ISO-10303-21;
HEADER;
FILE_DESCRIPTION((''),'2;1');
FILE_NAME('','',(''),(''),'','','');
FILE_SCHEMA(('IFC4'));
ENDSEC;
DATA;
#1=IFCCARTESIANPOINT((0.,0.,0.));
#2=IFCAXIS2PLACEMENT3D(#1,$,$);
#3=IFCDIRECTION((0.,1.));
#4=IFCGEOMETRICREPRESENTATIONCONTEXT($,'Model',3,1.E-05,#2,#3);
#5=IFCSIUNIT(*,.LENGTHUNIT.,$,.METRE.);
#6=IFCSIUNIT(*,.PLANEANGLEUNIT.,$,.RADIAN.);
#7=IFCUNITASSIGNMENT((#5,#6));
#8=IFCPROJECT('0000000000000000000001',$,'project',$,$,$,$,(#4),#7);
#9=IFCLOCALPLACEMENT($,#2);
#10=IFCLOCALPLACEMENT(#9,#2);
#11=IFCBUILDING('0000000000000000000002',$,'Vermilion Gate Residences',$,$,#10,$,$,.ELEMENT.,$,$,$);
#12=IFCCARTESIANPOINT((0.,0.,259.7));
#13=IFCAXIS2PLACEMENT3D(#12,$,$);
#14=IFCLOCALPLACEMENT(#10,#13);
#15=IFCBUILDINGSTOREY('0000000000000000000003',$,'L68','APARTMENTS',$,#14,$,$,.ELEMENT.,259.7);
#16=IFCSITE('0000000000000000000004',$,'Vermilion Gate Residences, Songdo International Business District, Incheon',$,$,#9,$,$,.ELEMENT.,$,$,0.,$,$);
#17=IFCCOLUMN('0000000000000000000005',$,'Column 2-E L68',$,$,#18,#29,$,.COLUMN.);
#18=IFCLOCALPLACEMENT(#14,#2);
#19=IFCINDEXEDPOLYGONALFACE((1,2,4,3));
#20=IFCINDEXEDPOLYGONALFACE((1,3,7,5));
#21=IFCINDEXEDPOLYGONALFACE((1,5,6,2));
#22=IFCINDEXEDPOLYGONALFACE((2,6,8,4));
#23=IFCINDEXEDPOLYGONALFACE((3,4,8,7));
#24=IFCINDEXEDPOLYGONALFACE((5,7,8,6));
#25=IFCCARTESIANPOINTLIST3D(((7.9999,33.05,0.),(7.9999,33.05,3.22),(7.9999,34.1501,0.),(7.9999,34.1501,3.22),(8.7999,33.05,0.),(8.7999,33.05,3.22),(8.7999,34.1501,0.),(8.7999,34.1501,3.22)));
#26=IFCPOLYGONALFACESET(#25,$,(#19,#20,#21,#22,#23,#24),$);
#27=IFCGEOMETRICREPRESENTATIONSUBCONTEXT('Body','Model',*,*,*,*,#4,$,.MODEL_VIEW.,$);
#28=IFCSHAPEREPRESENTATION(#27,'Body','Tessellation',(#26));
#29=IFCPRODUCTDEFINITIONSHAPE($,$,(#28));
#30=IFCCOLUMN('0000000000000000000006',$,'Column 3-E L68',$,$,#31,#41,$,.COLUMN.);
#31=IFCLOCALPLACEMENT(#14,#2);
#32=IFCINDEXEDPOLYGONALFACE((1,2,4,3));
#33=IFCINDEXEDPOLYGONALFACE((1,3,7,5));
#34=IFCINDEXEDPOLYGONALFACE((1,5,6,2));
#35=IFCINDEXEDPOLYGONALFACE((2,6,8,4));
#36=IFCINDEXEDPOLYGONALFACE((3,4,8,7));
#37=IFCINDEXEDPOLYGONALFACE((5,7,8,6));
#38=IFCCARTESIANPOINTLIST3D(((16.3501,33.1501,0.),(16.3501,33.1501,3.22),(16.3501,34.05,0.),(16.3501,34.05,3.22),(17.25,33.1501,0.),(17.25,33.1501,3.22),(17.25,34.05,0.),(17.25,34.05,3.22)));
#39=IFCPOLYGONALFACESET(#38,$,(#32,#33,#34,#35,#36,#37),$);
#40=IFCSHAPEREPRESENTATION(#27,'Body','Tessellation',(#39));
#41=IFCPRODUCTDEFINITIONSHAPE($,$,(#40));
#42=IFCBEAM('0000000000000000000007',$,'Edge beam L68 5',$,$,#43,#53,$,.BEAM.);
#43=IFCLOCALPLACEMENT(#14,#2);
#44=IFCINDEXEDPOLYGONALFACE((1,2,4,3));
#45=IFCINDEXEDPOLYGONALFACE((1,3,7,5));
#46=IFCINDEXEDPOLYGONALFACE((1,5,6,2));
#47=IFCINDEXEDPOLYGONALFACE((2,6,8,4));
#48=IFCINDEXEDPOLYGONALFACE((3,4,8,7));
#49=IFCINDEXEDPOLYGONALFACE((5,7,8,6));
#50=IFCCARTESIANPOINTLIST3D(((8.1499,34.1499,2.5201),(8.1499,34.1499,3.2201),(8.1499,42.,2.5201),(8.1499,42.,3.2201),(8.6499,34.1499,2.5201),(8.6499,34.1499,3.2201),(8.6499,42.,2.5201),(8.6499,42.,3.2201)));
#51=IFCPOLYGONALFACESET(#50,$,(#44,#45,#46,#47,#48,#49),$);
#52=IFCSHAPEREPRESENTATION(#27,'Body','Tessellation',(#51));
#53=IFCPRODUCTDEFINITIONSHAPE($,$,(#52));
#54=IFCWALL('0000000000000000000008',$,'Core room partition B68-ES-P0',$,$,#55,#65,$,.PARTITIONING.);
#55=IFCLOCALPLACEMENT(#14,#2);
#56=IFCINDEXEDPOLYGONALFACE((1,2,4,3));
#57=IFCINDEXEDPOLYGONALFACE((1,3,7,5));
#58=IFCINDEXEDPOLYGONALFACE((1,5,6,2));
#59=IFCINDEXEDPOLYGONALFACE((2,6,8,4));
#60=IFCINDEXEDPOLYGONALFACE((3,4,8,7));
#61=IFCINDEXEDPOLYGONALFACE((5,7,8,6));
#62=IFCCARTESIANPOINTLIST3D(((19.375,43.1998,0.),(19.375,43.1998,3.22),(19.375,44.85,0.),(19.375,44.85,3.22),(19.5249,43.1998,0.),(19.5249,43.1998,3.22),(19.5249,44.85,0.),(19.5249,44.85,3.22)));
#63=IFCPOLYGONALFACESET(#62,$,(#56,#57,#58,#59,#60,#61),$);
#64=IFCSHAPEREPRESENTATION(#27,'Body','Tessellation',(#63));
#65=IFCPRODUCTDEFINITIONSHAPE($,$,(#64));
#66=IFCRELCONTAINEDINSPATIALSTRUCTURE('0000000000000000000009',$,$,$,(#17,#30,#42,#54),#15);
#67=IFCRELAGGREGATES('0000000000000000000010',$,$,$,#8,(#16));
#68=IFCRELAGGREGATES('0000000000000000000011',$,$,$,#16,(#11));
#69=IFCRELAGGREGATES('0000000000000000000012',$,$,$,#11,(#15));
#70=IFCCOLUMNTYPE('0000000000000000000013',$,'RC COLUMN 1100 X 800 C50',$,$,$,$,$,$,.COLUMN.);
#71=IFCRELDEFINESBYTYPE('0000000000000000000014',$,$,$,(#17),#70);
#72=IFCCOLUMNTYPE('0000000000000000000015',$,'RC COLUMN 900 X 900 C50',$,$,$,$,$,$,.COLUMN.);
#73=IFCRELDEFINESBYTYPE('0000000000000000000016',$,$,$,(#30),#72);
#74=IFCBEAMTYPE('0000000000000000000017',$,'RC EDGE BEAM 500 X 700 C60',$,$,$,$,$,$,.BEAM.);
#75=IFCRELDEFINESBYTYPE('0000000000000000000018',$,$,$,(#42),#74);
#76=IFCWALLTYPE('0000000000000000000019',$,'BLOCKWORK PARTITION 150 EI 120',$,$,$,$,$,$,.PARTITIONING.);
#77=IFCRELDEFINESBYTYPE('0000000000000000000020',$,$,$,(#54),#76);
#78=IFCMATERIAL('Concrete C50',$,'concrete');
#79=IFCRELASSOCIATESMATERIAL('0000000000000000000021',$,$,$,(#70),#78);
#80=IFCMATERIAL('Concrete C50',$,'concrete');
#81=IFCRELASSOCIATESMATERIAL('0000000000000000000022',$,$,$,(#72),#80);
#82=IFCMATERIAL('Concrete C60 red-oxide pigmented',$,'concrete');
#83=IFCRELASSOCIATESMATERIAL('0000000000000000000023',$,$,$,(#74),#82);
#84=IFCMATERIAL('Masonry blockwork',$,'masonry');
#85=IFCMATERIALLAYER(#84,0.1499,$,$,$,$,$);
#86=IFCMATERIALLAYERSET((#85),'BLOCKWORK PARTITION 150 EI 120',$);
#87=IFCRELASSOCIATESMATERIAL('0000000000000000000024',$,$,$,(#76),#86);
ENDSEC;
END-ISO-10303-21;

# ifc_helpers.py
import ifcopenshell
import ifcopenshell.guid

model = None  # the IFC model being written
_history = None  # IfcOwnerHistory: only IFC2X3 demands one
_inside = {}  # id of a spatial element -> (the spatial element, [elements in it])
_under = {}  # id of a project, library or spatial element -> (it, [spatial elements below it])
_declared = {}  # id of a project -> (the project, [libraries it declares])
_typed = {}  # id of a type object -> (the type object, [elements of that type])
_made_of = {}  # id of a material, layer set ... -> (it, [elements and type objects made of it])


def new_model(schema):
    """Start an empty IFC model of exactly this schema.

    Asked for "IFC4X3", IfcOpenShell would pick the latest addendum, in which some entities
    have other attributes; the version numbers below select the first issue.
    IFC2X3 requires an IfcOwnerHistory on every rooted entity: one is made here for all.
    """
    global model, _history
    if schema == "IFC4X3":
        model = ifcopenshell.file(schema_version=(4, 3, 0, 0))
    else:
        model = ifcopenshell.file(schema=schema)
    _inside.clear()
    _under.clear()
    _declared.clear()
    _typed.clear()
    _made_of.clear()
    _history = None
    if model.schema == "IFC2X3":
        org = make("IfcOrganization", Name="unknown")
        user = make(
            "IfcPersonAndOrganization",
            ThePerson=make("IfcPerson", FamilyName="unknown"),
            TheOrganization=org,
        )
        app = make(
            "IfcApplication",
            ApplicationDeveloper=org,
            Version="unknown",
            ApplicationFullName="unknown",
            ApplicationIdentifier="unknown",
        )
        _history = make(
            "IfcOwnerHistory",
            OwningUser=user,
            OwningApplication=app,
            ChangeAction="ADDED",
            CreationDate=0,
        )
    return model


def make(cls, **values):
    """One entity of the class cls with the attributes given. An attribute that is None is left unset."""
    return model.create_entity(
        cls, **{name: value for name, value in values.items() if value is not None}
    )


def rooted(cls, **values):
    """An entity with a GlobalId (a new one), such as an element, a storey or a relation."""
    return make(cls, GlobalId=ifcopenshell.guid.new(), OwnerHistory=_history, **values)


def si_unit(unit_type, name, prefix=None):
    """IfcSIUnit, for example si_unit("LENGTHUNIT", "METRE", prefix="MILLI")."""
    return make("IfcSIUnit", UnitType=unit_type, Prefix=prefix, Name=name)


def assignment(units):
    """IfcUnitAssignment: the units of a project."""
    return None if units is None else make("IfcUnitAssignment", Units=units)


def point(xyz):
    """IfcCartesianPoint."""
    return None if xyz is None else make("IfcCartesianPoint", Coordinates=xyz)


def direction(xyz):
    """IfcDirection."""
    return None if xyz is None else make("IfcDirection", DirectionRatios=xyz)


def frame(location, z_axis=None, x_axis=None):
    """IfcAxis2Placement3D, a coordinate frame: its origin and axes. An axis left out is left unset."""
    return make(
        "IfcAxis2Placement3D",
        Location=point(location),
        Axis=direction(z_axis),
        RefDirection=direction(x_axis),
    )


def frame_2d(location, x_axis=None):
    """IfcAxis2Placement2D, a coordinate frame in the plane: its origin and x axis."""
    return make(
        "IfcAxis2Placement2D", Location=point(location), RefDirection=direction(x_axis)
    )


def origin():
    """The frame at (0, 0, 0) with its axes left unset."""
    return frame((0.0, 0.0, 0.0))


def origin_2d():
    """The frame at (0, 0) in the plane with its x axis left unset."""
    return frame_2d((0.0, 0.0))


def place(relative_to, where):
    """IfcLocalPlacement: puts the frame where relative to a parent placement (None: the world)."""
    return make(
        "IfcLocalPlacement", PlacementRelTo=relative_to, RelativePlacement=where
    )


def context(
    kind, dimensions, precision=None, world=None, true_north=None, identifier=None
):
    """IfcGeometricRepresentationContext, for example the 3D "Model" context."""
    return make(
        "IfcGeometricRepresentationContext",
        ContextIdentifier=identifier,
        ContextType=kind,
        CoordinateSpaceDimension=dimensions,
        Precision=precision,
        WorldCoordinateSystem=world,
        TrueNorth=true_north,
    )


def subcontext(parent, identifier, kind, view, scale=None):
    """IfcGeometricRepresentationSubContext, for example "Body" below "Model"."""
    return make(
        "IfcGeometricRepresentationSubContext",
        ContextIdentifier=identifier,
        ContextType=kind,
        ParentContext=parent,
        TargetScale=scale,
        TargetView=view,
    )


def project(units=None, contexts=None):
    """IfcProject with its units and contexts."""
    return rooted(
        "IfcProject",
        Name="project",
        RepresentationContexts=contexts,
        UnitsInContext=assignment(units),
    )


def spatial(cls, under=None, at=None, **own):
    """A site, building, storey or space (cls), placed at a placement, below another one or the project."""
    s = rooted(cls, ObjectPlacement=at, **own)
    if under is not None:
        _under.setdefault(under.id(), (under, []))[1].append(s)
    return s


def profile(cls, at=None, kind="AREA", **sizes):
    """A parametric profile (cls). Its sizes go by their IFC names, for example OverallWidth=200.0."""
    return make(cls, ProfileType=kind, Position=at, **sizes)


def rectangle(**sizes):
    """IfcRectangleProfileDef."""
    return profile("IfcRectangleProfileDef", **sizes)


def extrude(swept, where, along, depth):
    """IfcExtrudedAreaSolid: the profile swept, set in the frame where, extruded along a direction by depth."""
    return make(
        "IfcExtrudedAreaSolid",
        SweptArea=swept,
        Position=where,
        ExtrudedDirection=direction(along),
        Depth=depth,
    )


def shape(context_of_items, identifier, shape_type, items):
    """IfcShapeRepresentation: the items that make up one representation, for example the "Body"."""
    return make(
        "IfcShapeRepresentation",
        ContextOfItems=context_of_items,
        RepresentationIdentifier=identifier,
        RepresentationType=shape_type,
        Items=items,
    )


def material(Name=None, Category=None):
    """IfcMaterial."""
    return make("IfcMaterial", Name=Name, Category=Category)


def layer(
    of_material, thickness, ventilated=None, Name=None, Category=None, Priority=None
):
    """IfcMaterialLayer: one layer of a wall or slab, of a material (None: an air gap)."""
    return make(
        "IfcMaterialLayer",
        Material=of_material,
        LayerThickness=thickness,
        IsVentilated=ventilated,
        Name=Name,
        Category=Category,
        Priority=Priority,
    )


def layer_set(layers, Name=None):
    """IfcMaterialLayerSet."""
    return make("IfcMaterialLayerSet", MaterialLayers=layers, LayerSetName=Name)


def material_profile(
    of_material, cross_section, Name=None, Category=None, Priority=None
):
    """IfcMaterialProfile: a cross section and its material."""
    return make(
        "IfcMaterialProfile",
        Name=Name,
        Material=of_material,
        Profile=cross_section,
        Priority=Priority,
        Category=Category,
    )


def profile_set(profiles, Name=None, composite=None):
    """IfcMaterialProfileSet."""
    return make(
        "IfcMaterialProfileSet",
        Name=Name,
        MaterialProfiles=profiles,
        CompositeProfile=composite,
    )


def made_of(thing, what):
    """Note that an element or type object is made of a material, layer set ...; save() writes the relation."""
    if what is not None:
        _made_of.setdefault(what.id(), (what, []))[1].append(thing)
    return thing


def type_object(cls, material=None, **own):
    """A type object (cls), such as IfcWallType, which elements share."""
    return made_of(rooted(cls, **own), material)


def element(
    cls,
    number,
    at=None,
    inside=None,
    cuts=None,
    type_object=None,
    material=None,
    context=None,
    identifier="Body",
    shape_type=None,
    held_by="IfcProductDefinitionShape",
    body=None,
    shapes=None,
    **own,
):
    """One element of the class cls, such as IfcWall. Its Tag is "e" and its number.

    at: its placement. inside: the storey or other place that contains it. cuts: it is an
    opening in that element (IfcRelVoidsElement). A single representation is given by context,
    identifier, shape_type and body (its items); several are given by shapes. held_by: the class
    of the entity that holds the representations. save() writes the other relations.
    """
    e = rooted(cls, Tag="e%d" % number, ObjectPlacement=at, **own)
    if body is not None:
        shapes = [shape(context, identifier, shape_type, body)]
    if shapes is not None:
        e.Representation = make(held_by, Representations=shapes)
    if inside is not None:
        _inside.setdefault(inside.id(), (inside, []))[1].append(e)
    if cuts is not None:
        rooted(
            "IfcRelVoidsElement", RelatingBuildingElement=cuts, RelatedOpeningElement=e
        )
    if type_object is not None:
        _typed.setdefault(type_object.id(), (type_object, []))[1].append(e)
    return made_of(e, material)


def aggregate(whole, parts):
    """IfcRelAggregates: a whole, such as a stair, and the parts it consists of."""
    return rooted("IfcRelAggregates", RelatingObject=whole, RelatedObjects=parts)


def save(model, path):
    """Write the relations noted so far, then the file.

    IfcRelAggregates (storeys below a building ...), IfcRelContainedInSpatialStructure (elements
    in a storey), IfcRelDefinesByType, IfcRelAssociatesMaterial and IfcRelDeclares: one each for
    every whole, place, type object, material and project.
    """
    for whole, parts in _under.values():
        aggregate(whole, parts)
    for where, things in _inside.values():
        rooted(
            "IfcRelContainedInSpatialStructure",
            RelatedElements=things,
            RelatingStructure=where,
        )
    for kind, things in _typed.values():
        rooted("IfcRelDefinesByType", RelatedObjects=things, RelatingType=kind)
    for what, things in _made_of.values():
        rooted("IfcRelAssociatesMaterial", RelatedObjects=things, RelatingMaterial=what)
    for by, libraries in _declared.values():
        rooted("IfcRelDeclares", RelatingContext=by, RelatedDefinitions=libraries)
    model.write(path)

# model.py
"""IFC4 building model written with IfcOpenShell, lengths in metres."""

from ifc_helpers import new_model, si_unit, direction, frame, frame_2d, origin, origin_2d, place, context, subcontext, project, spatial, rectangle, extrude, material, layer, layer_set, material_profile, profile_set, type_object, element, save


model = new_model("IFC4")

# Units and contexts
model_context = context("Model", 3, precision=1e-05, world=origin(), true_north=direction((0.0, 1.0)))
body_context = subcontext(model_context, "Body", "Model", "MODEL_VIEW")
ifc_project = project(units=[si_unit("LENGTHUNIT", "METRE"), si_unit("PLANEANGLEUNIT", "RADIAN")], contexts=[model_context])

# Site, building, storey
site_placement = place(None, origin())
site = spatial("IfcSite", under=ifc_project, at=site_placement, Name="Vermilion Gate Residences, Songdo International Business District, Incheon", CompositionType="ELEMENT", RefElevation=0.0)
building_placement = place(site_placement, origin())
building = spatial("IfcBuilding", under=site, at=building_placement, Name="Vermilion Gate Residences", CompositionType="ELEMENT")
storey_placement = place(building_placement, frame((0.0, 0.0, 259.7)))
storey = spatial("IfcBuildingStorey", under=building, at=storey_placement, Name="L68", Description="APARTMENTS", CompositionType="ELEMENT", Elevation=259.7)

# Columns
ifc_material_1 = material(Name="Concrete C50", Category="concrete")
ifc_material_profile_1 = material_profile(ifc_material_1, rectangle(XDim=1.1001, YDim=0.8, at=origin_2d()), Name="RC-1100x800")
ifc_profile_set_1 = profile_set([ifc_material_profile_1], Name="Concrete C50")
column_type_1 = type_object("IfcColumnType", Name="RC COLUMN 1100 X 800 C50", PredefinedType="COLUMN", material=ifc_profile_set_1)
column_1_placement = place(storey_placement, frame((8.3999, 33.6001, 0.0), z_axis=(0.0, 0.0, 1.0), x_axis=(0.0, 1.0, 0.0)))
element("IfcColumn", 1, at=column_1_placement, inside=storey, type_object=column_type_1, Name="Column 2-E L68", PredefinedType="COLUMN", context=body_context, shape_type="SweptSolid", body=[
    extrude(rectangle(XDim=1.1001, YDim=0.8, at=origin_2d()), origin(), (0.0, 0.0, 1.0), 3.22),
])
ifc_material_2 = material(Name="Concrete C50", Category="concrete")
ifc_material_profile_2 = material_profile(ifc_material_2, rectangle(XDim=0.8999, YDim=0.8999, at=origin_2d()), Name="RC-900x900")
ifc_profile_set_2 = profile_set([ifc_material_profile_2], Name="Concrete C50")
column_type_2 = type_object("IfcColumnType", Name="RC COLUMN 900 X 900 C50", PredefinedType="COLUMN", material=ifc_profile_set_2)
column_2_placement = place(storey_placement, frame((16.8, 33.6001, 0.0), z_axis=(0.0, 0.0, 1.0), x_axis=(1.0, 0.0, 0.0)))
element("IfcColumn", 2, at=column_2_placement, inside=storey, type_object=column_type_2, Name="Column 3-E L68", PredefinedType="COLUMN", context=body_context, shape_type="SweptSolid", body=[
    extrude(rectangle(XDim=0.8999, YDim=0.8999, at=origin_2d()), origin(), (0.0, 0.0, 1.0), 3.22),
])

# Beam
ifc_material_3 = material(Name="Concrete C60 red-oxide pigmented", Category="concrete")
ifc_material_profile_3 = material_profile(ifc_material_3, rectangle(XDim=0.5, YDim=0.7, at=origin_2d()), Name="RC-500x700")
ifc_profile_set_3 = profile_set([ifc_material_profile_3], Name="Concrete C60 red-oxide pigmented")
beam_type = type_object("IfcBeamType", Name="RC EDGE BEAM 500 X 700 C60", PredefinedType="BEAM", material=ifc_profile_set_3)
beam_placement = place(storey_placement, frame((8.3999, 34.1499, 2.8701), z_axis=(0.0, 1.0, 0.0), x_axis=(-1.0, 0.0, 0.0)))
element("IfcBeam", 3, at=beam_placement, inside=storey, type_object=beam_type, Name="Edge beam L68 5", PredefinedType="BEAM", context=body_context, shape_type="SweptSolid", body=[
    extrude(rectangle(XDim=0.5, YDim=0.7, at=origin_2d()), origin(), (0.0, 0.0, 1.0), 7.8501),
])

# Wall
ifc_material_4 = material(Name="Masonry blockwork", Category="masonry")
ifc_layer_1 = layer(ifc_material_4, 0.1499)
ifc_layer_set_1 = layer_set([ifc_layer_1], Name="BLOCKWORK PARTITION 150 EI 120")
wall_type_1 = type_object("IfcWallType", Name="BLOCKWORK PARTITION 150 EI 120", PredefinedType="PARTITIONING", material=ifc_layer_set_1)
wall_1_placement = place(storey_placement, frame((19.45, 44.8501, 0.0), z_axis=(0.0, 0.0, 1.0), x_axis=(0.0, -1.0, 0.0)))
element("IfcWall", 4, at=wall_1_placement, inside=storey, type_object=wall_type_1, Name="Core room partition B68-ES-P0", PredefinedType="PARTITIONING", context=body_context, shape_type="SweptSolid", body=[
    extrude(rectangle(XDim=1.6501, YDim=0.1499, at=frame_2d((0.8252, 0.0))), origin(), (0.0, 0.0, 1.0), 3.22),
])

save(model, "model.ifc")
